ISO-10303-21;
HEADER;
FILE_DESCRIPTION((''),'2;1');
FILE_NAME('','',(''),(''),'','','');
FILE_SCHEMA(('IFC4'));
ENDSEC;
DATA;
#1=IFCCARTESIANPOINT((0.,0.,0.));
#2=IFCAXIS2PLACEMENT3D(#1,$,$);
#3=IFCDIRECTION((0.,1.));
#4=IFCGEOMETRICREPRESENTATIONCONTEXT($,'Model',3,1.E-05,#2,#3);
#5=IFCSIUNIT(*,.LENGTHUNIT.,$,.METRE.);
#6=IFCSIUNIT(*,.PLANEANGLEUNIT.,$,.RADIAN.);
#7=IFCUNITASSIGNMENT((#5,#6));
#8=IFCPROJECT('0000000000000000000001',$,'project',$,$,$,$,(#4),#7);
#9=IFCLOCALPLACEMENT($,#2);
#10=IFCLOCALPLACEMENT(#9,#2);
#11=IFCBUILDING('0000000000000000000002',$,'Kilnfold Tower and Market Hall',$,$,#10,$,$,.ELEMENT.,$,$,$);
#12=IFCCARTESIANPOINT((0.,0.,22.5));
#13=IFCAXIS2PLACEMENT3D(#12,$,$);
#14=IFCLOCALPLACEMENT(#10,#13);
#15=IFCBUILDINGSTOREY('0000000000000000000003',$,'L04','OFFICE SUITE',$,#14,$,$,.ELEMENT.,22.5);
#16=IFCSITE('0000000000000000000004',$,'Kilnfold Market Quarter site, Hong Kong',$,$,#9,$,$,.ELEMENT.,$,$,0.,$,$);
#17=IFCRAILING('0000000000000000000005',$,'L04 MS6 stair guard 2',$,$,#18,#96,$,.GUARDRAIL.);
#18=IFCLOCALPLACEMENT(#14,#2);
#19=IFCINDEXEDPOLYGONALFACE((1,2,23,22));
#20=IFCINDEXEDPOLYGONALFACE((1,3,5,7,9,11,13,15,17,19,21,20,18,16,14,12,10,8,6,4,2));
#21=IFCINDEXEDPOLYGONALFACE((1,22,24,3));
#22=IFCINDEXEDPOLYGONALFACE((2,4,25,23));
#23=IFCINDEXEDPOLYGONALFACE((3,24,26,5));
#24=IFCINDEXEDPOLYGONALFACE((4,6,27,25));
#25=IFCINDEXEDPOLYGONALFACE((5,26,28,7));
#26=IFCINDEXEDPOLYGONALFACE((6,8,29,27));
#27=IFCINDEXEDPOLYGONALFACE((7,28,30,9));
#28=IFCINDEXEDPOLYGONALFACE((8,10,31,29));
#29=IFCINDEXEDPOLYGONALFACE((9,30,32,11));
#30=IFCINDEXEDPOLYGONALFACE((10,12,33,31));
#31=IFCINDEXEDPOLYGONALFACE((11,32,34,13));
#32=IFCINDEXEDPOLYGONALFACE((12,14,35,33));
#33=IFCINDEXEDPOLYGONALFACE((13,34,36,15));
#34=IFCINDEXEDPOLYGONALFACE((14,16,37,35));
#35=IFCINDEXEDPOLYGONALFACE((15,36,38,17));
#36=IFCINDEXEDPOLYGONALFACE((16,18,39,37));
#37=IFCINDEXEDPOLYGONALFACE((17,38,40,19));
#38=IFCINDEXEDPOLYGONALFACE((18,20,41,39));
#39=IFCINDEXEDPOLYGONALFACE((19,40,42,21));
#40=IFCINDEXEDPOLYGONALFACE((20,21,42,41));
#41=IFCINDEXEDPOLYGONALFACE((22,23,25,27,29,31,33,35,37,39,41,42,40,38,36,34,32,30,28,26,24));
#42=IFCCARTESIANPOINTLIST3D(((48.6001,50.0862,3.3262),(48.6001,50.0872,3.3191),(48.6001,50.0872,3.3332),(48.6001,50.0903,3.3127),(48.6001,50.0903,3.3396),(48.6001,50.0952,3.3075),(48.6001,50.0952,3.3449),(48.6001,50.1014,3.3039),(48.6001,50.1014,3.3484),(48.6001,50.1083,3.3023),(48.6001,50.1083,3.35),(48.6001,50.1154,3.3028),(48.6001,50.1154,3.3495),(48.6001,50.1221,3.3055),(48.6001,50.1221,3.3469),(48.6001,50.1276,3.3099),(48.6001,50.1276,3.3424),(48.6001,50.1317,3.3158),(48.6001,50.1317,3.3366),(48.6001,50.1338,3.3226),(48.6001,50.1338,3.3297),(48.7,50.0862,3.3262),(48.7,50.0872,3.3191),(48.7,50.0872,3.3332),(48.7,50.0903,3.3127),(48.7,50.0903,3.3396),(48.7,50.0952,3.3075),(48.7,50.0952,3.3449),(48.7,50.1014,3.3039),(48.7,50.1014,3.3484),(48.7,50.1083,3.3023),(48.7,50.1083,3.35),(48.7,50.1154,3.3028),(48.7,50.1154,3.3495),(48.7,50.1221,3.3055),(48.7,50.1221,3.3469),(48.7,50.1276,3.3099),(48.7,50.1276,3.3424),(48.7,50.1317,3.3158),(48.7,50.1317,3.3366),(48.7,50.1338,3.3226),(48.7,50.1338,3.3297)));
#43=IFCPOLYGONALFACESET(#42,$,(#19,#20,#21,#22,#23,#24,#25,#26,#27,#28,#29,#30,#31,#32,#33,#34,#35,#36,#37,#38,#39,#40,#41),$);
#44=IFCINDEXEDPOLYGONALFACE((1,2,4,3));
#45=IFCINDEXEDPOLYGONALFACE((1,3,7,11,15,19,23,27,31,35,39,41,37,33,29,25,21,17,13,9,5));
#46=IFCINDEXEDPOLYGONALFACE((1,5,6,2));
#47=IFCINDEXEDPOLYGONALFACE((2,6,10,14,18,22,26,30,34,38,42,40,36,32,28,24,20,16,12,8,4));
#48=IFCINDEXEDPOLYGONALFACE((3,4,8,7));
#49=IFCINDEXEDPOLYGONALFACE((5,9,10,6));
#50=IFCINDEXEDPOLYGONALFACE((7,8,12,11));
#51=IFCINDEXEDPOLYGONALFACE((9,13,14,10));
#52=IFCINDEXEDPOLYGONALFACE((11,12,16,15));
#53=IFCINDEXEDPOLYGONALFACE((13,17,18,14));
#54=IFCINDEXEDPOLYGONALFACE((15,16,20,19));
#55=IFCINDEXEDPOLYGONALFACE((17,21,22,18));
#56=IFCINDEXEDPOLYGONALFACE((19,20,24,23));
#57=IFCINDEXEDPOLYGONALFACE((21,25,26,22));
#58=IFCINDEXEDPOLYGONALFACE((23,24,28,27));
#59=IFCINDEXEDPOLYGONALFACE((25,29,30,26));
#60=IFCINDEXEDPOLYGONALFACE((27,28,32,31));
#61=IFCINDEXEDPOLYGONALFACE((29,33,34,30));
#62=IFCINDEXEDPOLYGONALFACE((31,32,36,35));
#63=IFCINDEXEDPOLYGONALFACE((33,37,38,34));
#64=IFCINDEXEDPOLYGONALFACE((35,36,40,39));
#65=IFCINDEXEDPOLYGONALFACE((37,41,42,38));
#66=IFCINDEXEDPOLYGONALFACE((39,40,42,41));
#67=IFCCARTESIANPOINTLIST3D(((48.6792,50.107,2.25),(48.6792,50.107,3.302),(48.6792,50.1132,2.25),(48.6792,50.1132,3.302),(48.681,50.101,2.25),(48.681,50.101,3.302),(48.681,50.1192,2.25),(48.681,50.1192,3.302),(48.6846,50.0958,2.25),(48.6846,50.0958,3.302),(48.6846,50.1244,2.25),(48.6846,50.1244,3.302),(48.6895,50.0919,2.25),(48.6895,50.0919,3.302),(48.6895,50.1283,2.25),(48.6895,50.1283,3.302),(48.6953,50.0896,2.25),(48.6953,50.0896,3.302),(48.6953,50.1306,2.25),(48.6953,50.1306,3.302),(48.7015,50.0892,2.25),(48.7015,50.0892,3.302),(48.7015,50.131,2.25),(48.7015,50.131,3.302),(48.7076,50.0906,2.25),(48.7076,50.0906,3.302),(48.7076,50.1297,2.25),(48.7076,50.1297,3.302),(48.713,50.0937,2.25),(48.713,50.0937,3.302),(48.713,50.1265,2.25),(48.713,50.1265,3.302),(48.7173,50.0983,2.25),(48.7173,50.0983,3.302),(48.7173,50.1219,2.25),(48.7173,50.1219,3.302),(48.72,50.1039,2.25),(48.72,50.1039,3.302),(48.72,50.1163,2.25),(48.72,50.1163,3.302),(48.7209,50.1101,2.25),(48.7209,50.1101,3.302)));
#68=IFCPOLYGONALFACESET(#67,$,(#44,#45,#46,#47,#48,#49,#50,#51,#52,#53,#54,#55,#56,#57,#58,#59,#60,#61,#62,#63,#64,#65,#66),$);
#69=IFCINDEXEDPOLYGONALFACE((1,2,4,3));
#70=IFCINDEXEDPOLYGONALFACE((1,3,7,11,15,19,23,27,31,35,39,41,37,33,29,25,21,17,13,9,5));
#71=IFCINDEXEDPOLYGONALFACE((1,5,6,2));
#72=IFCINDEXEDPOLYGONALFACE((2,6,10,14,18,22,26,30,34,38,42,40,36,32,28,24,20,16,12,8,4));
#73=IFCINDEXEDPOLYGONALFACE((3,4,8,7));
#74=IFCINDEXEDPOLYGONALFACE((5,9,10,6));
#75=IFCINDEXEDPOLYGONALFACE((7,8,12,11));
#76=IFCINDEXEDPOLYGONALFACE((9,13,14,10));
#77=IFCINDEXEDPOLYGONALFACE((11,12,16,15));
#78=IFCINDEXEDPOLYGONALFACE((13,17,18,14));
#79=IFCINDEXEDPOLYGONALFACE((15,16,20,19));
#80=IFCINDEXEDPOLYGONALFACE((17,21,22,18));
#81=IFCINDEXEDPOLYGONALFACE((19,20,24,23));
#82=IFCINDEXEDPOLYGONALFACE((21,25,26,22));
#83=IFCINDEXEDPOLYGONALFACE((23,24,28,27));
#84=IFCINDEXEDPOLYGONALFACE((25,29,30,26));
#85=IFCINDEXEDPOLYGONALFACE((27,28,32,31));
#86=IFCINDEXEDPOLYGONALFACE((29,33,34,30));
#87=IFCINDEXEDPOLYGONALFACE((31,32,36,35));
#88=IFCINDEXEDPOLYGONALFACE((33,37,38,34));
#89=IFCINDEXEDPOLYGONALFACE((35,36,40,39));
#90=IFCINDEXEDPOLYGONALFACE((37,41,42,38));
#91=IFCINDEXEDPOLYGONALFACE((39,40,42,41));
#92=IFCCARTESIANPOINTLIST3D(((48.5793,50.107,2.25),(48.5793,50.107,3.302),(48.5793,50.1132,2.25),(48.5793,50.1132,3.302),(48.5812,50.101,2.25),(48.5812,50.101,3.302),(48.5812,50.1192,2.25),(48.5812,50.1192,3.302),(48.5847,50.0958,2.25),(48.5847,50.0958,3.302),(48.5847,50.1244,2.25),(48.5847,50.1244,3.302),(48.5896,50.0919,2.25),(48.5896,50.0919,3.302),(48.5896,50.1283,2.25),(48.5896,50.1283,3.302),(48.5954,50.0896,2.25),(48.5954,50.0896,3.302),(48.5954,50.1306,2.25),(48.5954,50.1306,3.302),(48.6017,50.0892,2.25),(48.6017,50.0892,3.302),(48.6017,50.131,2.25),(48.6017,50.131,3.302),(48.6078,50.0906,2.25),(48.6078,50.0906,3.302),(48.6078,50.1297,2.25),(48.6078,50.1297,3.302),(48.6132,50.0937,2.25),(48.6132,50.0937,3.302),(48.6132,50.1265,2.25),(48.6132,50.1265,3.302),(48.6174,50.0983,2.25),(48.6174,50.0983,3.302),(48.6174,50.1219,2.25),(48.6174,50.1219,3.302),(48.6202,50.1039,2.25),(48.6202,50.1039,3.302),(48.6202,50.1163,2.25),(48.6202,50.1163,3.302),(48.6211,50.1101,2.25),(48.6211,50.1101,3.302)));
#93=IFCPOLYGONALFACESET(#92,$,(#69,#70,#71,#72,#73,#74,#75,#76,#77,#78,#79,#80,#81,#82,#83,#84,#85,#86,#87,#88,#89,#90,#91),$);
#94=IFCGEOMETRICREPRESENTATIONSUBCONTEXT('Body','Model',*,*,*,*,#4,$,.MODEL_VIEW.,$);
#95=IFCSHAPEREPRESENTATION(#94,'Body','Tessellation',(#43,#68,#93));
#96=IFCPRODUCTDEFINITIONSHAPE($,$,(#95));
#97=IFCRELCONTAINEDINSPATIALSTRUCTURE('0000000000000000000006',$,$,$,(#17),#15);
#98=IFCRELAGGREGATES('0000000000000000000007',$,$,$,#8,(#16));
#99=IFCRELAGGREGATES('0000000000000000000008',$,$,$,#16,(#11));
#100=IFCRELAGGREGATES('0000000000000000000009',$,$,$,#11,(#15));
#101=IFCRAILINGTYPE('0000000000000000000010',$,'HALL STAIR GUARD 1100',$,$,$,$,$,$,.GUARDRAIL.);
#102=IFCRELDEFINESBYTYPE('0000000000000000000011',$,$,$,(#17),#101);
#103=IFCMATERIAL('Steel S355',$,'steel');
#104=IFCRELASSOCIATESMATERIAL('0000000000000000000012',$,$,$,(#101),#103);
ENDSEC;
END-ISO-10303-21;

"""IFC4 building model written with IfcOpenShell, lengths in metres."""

from ifc_helpers import new_model, si_unit, direction, frame, origin, origin_2d, place, context, subcontext, project, spatial, circle, extrude, material, type_object, element, save


model = new_model("IFC4")

# Units and contexts
model_context = context("Model", 3, precision=1e-05, world=origin(), true_north=direction((0.0, 1.0)))
body_context = subcontext(model_context, "Body", "Model", "MODEL_VIEW")
ifc_project = project(units=[si_unit("LENGTHUNIT", "METRE"), si_unit("PLANEANGLEUNIT", "RADIAN")], contexts=[model_context])

# Site, building, storey
site_placement = place(None, origin())
site = spatial("IfcSite", under=ifc_project, at=site_placement, Name="Kilnfold Market Quarter site, Hong Kong", CompositionType="ELEMENT", RefElevation=0.0)
building_placement = place(site_placement, origin())
building = spatial("IfcBuilding", under=site, at=building_placement, Name="Kilnfold Tower and Market Hall", CompositionType="ELEMENT")
storey_placement = place(building_placement, frame((0.0, 0.0, 22.5)))
storey = spatial("IfcBuildingStorey", under=building, at=storey_placement, Name="L04", Description="OFFICE SUITE", CompositionType="ELEMENT", Elevation=22.5)

# Railing
ifc_material_1 = material(Name="Steel S355", Category="steel")
railing_type_1 = type_object("IfcRailingType", Name="HALL STAIR GUARD 1100", PredefinedType="GUARDRAIL", material=ifc_material_1)
railing_1_placement = place(storey_placement, frame((48.7, 50.1101, 2.25)))
element("IfcRailing", 1, at=railing_1_placement, inside=storey, type_object=railing_type_1, Name="L04 MS6 stair guard 2", PredefinedType="GUARDRAIL", context=body_context, shape_type="SweptSolid", body=[
    extrude(circle(Radius=0.0239, at=origin_2d()), frame((0.0, 0.0, 1.0762), z_axis=(-1.0, 0.0, 0.0), x_axis=(0.0, -1.0, 0.0)), (0.0, 0.0, 1.0), 0.0999),
    extrude(circle(Radius=0.021, at=origin_2d()), origin(), (0.0, 0.0, 1.0), 1.052),
    extrude(circle(Radius=0.021, at=origin_2d()), frame((-0.0999, 0.0, 0.0)), (0.0, 0.0, 1.0), 1.052),
])

save(model, "model.ifc")
